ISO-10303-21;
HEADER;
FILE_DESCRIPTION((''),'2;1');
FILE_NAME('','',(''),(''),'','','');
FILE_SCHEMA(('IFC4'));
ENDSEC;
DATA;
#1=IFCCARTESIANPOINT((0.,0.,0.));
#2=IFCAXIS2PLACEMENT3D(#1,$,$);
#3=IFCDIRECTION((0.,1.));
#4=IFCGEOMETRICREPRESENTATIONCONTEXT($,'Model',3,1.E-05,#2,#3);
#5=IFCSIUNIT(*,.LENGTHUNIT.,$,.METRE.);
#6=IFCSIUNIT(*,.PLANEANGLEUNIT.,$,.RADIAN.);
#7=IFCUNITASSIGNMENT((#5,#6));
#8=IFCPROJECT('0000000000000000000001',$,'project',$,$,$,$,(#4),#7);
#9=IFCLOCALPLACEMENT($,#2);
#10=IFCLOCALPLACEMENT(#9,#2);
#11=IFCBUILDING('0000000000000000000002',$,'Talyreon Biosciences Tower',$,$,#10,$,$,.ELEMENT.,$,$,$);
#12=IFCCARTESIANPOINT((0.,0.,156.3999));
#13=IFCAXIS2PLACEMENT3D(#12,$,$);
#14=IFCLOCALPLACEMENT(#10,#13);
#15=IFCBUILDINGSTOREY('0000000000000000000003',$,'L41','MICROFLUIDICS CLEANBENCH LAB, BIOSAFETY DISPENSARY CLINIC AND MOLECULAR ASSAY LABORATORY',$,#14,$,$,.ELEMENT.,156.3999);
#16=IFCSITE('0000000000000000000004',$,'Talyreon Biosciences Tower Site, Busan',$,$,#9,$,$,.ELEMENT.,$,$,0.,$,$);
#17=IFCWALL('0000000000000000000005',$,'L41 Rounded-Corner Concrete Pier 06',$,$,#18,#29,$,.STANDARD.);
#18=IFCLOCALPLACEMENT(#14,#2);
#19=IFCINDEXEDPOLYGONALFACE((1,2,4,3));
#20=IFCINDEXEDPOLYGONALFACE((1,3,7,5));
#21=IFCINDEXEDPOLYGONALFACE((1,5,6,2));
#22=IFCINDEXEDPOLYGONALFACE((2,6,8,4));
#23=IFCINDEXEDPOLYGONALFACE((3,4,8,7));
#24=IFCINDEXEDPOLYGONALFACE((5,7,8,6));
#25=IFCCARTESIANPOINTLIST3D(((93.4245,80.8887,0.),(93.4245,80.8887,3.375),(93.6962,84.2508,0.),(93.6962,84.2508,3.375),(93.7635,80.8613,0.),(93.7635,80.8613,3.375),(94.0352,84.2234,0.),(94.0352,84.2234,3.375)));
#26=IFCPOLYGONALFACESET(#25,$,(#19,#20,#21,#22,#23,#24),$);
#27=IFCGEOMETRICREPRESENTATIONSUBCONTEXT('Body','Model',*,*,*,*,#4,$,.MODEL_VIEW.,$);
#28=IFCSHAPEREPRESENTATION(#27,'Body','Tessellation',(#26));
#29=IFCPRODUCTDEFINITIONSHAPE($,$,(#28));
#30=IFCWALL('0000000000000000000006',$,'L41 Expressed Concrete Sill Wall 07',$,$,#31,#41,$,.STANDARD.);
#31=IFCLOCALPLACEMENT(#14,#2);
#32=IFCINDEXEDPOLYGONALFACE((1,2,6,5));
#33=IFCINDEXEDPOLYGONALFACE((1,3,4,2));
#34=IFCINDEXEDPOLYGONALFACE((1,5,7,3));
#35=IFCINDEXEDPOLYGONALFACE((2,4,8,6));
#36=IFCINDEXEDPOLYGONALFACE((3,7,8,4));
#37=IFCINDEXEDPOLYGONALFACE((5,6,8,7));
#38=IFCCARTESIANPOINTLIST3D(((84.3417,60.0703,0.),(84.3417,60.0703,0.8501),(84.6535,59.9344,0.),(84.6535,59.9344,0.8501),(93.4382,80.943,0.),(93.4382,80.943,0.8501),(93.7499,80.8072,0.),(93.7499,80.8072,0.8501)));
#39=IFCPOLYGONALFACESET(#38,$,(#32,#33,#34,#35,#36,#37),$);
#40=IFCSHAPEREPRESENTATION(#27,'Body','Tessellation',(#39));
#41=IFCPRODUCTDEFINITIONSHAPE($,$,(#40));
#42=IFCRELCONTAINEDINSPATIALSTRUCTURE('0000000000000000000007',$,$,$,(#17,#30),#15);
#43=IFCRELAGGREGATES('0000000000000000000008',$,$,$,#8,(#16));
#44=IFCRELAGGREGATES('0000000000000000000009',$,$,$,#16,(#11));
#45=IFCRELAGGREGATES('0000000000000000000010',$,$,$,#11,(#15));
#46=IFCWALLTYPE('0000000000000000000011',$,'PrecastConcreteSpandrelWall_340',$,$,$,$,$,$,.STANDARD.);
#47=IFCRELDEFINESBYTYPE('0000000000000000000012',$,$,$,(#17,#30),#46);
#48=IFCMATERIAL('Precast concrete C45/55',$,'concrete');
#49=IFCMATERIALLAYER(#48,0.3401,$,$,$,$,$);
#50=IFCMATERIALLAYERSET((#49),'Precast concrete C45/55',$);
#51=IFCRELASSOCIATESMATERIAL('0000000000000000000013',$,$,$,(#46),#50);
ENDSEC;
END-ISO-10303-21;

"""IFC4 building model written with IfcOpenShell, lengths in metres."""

from ifc_helpers import new_model, si_unit, direction, frame, frame_2d, origin, place, context, subcontext, project, spatial, rectangle, extrude, material, layer, layer_set, type_object, element, save


model = new_model("IFC4")

# Units and contexts
model_context = context("Model", 3, precision=1e-05, world=origin(), true_north=direction((0.0, 1.0)))
body_context = subcontext(model_context, "Body", "Model", "MODEL_VIEW")
ifc_project = project(units=[si_unit("LENGTHUNIT", "METRE"), si_unit("PLANEANGLEUNIT", "RADIAN")], contexts=[model_context])

# Site, building, storey
site_placement = place(None, origin())
site = spatial("IfcSite", under=ifc_project, at=site_placement, Name="Talyreon Biosciences Tower Site, Busan", CompositionType="ELEMENT", RefElevation=0.0)
building_placement = place(site_placement, origin())
building = spatial("IfcBuilding", under=site, at=building_placement, Name="Talyreon Biosciences Tower", CompositionType="ELEMENT")
storey_placement = place(building_placement, frame((0.0, 0.0, 156.3999)))
storey = spatial("IfcBuildingStorey", under=building, at=storey_placement, Name="L41", Description="MICROFLUIDICS CLEANBENCH LAB, BIOSAFETY DISPENSARY CLINIC AND MOLECULAR ASSAY LABORATORY", CompositionType="ELEMENT", Elevation=156.3999)

# Shared definitions
ifc_material_1 = material(Name="Precast concrete C45/55", Category="concrete")

# Walls
ifc_layer_1 = layer(ifc_material_1, 0.3401)
ifc_layer_set_1 = layer_set([ifc_layer_1], Name="Precast concrete C45/55")
wall_type_1 = type_object("IfcWallType", Name="PrecastConcreteSpandrelWall_340", PredefinedType="STANDARD", material=ifc_layer_set_1)
for number, where, z_axis, x_axis, name in (
    (1, (93.8657, 84.2371, 0.0), (0.0, 0.0, 1.0), (-0.080559, -0.99675, 0.0), "L41 Rounded-Corner Concrete Pier 06"),
):
    element("IfcWall", number, at=place(storey_placement, frame(where, z_axis=z_axis, x_axis=x_axis)), inside=storey, type_object=wall_type_1, Name=name, PredefinedType="STANDARD", context=body_context, shape_type="SweptSolid", body=[
        extrude(rectangle(XDim=3.373, YDim=0.3401, at=frame_2d((1.6865, 0.0))), origin(), (0.0, 0.0, 1.0), 3.375),
    ])
wall_1_placement = place(storey_placement, frame((93.594, 80.875, 0.0), z_axis=(0.0, 0.0, 1.0), x_axis=(-0.399513, -0.916728, 0.0)))
element("IfcWall", 2, at=wall_1_placement, inside=storey, type_object=wall_type_1, Name="L41 Expressed Concrete Sill Wall 07", PredefinedType="STANDARD", context=body_context, shape_type="SweptSolid", body=[
    extrude(rectangle(XDim=22.7688, YDim=0.3401, at=frame_2d((11.3843, 0.0))), origin(), (0.0, 0.0, 1.0), 0.8501),
])

save(model, "model.ifc")
